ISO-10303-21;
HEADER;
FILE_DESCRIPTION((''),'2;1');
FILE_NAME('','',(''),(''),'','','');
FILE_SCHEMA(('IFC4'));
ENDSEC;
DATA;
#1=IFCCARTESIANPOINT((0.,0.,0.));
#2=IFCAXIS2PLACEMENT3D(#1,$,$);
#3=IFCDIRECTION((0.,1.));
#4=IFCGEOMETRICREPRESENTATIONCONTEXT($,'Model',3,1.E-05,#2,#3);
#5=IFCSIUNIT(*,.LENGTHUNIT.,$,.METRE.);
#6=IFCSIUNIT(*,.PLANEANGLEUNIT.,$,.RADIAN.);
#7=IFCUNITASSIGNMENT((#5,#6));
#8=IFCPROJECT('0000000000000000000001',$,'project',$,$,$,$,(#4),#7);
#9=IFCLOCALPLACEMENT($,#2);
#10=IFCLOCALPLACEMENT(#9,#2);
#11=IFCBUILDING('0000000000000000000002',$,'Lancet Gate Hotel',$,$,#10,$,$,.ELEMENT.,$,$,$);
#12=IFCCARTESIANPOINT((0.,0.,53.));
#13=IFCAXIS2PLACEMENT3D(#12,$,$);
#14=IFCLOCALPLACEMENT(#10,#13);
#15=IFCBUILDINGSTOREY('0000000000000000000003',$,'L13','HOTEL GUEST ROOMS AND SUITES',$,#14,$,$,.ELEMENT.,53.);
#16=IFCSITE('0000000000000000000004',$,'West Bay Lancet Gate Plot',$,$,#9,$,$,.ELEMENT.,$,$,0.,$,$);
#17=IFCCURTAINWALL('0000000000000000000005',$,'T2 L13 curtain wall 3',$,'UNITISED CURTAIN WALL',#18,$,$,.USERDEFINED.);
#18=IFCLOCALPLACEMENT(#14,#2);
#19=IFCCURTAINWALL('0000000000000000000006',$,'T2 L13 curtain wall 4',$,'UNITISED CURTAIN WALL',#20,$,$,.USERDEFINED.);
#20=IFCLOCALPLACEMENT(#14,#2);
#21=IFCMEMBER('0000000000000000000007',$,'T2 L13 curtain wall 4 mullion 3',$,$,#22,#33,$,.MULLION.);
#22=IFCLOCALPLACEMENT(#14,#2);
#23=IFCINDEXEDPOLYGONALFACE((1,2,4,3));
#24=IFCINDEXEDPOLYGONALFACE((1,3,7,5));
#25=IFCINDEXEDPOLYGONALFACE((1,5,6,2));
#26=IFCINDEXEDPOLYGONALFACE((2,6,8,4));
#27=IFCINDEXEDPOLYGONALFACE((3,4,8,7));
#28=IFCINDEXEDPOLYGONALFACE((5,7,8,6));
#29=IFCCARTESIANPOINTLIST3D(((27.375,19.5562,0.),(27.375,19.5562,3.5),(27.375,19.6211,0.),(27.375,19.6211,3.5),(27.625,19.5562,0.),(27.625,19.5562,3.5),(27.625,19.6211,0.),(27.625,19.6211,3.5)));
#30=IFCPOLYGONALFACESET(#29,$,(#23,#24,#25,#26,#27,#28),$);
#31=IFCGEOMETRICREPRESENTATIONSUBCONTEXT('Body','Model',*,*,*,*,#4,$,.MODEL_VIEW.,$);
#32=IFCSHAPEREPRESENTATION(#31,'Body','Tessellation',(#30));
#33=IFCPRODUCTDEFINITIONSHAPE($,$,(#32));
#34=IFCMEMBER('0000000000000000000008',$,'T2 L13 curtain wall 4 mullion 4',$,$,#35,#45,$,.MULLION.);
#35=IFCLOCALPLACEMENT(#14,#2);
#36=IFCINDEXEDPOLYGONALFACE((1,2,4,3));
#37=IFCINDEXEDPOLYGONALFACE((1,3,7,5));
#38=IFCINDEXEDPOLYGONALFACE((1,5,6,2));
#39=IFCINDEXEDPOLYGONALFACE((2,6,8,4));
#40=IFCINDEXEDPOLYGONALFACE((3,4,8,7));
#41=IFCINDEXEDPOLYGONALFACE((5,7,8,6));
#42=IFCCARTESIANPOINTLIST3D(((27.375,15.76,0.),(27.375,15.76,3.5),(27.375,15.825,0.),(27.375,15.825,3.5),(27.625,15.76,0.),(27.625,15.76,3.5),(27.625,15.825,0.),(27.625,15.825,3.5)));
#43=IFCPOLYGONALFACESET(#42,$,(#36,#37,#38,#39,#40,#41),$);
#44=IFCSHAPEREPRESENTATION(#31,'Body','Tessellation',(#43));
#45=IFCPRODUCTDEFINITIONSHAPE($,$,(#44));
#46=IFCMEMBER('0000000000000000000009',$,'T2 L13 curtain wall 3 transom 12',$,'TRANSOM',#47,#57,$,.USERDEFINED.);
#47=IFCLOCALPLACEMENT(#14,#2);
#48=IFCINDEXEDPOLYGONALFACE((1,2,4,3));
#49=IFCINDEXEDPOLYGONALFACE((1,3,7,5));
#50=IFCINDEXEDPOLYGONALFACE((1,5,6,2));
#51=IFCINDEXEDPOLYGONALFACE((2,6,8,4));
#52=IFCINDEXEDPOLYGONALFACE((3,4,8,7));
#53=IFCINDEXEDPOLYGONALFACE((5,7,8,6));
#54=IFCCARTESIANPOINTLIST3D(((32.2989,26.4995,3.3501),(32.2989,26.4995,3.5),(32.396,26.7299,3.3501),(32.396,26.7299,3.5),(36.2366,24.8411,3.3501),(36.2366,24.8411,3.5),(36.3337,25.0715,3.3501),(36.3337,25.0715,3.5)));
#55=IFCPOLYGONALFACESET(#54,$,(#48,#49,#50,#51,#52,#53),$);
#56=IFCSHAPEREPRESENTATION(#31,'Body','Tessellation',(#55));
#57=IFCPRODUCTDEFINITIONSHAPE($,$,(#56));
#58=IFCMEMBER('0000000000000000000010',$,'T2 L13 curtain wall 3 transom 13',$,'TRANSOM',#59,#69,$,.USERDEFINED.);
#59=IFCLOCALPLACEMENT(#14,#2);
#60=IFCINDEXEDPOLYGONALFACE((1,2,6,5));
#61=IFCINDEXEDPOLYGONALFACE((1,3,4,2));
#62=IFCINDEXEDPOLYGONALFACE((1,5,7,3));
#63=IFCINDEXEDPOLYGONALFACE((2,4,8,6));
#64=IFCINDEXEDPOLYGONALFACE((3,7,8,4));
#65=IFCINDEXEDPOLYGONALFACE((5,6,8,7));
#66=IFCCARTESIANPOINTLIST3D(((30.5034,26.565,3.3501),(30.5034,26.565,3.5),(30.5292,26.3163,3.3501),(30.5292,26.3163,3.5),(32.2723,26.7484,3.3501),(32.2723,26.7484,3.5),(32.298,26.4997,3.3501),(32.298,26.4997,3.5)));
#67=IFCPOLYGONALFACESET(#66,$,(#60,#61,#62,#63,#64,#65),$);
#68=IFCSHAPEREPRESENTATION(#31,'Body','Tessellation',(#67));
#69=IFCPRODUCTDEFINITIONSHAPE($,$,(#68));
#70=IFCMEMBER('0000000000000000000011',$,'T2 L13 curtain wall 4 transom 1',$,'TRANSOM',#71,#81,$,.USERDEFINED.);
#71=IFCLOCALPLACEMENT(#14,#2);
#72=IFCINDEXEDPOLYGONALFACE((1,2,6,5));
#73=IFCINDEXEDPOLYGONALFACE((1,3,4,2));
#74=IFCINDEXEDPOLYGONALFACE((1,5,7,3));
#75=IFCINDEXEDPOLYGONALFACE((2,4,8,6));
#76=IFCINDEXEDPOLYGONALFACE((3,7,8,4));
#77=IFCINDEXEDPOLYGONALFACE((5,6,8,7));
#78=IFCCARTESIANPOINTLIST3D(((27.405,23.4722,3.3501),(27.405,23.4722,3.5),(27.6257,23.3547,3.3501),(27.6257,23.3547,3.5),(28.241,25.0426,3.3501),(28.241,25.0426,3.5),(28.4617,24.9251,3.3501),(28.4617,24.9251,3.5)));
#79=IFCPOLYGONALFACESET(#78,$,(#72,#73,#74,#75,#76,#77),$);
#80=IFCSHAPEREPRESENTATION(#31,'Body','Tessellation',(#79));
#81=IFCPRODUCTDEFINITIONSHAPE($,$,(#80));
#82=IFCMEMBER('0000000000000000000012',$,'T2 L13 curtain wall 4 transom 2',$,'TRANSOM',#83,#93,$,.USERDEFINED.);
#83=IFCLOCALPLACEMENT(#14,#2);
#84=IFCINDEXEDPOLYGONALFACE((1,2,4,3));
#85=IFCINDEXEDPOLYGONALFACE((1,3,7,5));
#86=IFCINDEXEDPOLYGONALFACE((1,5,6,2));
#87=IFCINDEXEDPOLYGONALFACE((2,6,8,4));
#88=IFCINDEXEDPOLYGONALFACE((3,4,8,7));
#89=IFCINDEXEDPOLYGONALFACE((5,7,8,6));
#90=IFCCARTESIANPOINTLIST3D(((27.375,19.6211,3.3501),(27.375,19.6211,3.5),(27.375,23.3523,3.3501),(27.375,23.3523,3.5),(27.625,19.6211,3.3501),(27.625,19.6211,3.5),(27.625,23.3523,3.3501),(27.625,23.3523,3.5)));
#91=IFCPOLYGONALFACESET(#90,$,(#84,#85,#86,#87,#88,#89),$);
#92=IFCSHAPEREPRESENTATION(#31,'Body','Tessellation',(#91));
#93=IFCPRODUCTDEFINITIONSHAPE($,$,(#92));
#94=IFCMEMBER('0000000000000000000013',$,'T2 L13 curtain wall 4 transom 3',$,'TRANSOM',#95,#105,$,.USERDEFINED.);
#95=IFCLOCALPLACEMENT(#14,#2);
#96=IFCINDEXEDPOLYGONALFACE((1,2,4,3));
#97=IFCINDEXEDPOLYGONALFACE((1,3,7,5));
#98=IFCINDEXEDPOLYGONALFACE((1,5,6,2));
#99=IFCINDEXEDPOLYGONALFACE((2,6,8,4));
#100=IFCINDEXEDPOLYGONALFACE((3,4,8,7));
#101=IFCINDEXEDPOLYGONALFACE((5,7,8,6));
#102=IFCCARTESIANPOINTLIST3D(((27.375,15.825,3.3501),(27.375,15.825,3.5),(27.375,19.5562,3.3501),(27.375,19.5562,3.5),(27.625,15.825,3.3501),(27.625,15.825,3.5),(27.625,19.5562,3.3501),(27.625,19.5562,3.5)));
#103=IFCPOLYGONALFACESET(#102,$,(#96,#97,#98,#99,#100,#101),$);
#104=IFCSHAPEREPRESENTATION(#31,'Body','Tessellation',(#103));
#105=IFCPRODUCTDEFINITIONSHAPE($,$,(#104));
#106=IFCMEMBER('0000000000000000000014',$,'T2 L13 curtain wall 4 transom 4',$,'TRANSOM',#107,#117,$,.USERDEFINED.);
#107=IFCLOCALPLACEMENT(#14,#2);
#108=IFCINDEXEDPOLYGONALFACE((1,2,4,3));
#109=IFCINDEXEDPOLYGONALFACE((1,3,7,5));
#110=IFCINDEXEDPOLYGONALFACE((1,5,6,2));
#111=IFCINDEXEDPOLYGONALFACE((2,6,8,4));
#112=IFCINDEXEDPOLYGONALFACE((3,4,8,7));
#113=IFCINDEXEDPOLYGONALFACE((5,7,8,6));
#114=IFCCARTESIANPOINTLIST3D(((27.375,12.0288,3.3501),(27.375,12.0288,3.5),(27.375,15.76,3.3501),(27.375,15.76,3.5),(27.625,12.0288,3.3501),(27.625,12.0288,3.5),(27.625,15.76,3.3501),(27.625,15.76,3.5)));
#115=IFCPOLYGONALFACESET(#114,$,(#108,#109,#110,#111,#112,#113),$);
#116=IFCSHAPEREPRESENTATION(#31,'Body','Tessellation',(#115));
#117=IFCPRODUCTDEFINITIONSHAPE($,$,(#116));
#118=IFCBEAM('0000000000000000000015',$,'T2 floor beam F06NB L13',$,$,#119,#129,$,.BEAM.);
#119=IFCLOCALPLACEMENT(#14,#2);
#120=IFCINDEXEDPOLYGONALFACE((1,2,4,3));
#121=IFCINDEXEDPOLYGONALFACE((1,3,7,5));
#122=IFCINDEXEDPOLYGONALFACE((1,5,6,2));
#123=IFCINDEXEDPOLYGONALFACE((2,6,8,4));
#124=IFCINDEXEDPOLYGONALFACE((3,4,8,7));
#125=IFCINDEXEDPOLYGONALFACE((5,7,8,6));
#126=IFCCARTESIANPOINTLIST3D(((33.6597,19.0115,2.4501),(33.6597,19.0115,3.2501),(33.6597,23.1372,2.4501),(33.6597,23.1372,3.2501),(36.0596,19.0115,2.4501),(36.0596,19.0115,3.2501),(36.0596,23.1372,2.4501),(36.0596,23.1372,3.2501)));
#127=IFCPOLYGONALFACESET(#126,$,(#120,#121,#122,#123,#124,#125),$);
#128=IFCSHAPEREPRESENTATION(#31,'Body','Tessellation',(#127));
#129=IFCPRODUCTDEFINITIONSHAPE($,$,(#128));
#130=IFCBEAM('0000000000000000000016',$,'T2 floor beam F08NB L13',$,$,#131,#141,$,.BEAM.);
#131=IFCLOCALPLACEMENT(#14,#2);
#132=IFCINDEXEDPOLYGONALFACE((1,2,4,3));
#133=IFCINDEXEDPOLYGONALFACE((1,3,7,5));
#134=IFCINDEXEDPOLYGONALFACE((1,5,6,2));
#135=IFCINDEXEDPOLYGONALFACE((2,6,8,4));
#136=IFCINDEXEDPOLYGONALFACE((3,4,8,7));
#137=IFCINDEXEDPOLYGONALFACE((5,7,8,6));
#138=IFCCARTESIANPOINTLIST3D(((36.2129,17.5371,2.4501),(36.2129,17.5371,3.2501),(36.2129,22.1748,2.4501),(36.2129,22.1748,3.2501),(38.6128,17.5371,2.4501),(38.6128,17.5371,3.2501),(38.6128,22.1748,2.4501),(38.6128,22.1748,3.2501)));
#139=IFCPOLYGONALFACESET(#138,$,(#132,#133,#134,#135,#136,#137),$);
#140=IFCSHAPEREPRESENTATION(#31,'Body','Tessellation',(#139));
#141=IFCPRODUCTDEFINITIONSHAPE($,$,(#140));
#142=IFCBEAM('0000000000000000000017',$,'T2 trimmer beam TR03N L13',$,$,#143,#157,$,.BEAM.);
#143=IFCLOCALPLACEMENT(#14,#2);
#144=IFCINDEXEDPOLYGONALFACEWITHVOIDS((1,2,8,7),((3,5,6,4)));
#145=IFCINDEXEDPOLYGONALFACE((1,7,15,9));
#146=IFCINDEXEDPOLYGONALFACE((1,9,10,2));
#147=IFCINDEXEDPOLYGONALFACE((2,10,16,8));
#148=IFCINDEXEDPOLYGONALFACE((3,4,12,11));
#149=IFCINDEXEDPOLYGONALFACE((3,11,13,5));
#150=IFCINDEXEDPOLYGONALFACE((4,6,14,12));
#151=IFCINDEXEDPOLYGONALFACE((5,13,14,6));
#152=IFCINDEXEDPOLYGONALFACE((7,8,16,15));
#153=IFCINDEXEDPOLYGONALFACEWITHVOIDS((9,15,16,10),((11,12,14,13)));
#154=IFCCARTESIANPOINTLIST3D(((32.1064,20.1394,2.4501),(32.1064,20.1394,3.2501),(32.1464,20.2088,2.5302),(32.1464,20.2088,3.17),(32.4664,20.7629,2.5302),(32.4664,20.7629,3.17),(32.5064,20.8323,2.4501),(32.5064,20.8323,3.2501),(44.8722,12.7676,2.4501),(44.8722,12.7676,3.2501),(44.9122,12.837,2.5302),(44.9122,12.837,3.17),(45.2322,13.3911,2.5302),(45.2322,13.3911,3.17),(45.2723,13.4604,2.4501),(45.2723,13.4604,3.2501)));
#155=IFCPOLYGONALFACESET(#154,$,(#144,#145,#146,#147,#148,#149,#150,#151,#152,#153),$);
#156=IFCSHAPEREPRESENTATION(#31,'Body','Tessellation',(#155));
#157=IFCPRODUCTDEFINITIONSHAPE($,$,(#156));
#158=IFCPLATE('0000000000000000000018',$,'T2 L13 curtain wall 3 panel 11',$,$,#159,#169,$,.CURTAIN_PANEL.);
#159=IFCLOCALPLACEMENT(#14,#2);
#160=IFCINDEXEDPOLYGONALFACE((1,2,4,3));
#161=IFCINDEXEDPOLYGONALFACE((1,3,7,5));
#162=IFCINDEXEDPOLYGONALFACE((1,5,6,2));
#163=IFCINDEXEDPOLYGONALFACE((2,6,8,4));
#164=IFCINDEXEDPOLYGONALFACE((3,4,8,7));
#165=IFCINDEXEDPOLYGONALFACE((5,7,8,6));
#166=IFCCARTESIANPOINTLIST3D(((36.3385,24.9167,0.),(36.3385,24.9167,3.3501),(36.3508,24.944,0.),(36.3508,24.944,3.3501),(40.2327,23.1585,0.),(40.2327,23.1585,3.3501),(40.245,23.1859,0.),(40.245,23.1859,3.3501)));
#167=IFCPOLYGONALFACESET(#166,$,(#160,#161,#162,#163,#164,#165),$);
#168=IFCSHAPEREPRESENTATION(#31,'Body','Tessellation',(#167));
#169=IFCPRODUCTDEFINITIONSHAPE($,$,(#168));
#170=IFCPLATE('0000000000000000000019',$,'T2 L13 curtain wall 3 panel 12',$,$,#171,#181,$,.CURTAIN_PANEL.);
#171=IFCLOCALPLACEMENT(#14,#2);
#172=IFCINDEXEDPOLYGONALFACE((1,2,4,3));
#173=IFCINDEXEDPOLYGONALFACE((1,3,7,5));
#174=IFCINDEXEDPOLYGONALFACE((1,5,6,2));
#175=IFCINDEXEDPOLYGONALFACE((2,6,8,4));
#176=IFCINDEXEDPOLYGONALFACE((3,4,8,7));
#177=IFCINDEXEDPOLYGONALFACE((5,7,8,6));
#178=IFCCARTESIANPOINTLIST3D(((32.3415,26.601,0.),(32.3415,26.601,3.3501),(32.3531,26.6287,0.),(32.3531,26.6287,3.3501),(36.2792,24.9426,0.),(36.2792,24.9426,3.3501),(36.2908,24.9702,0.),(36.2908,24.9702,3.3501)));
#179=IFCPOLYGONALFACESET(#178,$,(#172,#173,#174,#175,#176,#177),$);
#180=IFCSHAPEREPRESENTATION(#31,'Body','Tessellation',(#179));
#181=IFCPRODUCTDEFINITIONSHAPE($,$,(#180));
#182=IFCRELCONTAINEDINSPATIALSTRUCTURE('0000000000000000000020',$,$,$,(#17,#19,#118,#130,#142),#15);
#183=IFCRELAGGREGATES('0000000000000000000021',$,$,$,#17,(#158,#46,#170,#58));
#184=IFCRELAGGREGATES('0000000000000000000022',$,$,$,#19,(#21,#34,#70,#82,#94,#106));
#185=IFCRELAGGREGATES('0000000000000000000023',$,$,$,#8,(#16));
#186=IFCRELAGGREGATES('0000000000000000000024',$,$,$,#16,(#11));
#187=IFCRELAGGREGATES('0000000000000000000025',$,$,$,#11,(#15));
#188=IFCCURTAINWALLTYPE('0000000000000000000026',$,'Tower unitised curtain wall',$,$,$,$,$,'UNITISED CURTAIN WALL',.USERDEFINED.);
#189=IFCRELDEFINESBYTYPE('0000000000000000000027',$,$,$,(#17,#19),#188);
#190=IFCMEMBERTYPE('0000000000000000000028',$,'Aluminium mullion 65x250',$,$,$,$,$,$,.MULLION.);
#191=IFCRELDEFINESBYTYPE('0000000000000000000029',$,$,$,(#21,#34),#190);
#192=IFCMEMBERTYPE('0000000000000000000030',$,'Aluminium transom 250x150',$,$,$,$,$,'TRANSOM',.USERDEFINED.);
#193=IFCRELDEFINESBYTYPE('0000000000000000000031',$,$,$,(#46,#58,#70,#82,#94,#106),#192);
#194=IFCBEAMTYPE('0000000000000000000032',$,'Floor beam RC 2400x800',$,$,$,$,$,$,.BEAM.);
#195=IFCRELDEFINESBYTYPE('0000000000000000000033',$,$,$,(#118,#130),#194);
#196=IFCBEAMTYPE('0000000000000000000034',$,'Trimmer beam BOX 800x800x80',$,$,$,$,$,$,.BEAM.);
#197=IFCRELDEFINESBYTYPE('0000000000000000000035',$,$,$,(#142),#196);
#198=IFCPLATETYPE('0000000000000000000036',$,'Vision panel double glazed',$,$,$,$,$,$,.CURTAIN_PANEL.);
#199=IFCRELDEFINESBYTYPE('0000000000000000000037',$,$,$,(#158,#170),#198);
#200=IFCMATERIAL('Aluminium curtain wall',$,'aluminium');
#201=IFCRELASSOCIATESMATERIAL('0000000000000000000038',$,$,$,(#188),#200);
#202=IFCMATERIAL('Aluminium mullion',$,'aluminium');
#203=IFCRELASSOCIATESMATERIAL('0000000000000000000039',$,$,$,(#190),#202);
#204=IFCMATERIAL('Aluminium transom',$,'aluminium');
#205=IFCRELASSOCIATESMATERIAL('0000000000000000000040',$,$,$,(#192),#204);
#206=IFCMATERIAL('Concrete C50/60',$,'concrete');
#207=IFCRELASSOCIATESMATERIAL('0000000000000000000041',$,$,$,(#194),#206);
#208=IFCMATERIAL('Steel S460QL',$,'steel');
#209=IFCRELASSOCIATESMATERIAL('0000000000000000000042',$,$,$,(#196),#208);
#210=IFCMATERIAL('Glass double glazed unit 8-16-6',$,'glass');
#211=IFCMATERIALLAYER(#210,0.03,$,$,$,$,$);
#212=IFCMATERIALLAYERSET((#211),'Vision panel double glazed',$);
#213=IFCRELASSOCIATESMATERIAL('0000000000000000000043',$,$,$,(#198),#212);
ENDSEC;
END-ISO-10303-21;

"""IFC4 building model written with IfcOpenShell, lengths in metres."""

from ifc_helpers import new_model, si_unit, direction, frame, origin, origin_2d, place, context, subcontext, project, spatial, rectangle, hollow_rectangle, extrude, material, layer, layer_set, material_profile, profile_set, type_object, element, aggregate, save


model = new_model("IFC4")

# Units and contexts
model_context = context("Model", 3, precision=1e-05, world=origin(), true_north=direction((0.0, 1.0)))
body_context = subcontext(model_context, "Body", "Model", "MODEL_VIEW")
ifc_project = project(units=[si_unit("LENGTHUNIT", "METRE"), si_unit("PLANEANGLEUNIT", "RADIAN")], contexts=[model_context])

# Site, building, storey
site_placement = place(None, origin())
site = spatial("IfcSite", under=ifc_project, at=site_placement, Name="West Bay Lancet Gate Plot", CompositionType="ELEMENT", RefElevation=0.0)
building_placement = place(site_placement, origin())
building = spatial("IfcBuilding", under=site, at=building_placement, Name="Lancet Gate Hotel", CompositionType="ELEMENT")
storey_placement = place(building_placement, frame((0.0, 0.0, 53.0)))
storey = spatial("IfcBuildingStorey", under=building, at=storey_placement, Name="L13", Description="HOTEL GUEST ROOMS AND SUITES", CompositionType="ELEMENT", Elevation=53.0)

# Curtain walls, members
ifc_material_1 = material(Name="Aluminium curtain wall", Category="aluminium")
curtain_wall_type = type_object("IfcCurtainWallType", Name="Tower unitised curtain wall", ElementType="UNITISED CURTAIN WALL", PredefinedType="USERDEFINED", material=ifc_material_1)
curtain_wall_1_placement = place(storey_placement, origin())
curtain_wall_1 = element("IfcCurtainWall", 1, at=curtain_wall_1_placement, inside=storey, type_object=curtain_wall_type, Name="T2 L13 curtain wall 3", ObjectType="UNITISED CURTAIN WALL", PredefinedType="USERDEFINED")
ifc_material_2 = material(Name="Aluminium mullion", Category="aluminium")
ifc_material_profile_1 = material_profile(ifc_material_2, rectangle(XDim=0.0649, YDim=0.25, at=origin_2d()), Name="MULLION 65x250")
ifc_profile_set_1 = profile_set([ifc_material_profile_1], Name="Aluminium mullion")
member_type_1 = type_object("IfcMemberType", Name="Aluminium mullion 65x250", PredefinedType="MULLION", material=ifc_profile_set_1)
curtain_wall_2_placement = place(storey_placement, origin())
curtain_wall_2 = element("IfcCurtainWall", 2, at=curtain_wall_2_placement, inside=storey, type_object=curtain_wall_type, Name="T2 L13 curtain wall 4", ObjectType="UNITISED CURTAIN WALL", PredefinedType="USERDEFINED")
member_1_placement = place(storey_placement, frame((27.5, 19.5886, 0.0), z_axis=(0.0, 0.0, 1.0), x_axis=(0.0, -1.0, 0.0)))
member_1 = element("IfcMember", 3, at=member_1_placement, type_object=member_type_1, Name="T2 L13 curtain wall 4 mullion 3", PredefinedType="MULLION", context=body_context, shape_type="SweptSolid", body=[
    extrude(rectangle(XDim=0.0649, YDim=0.25, at=origin_2d()), origin(), (0.0, 0.0, 1.0), 3.5),
])
member_2_placement = place(storey_placement, frame((27.5, 15.7925, 0.0), z_axis=(0.0, 0.0, 1.0), x_axis=(0.0, -1.0, 0.0)))
member_2 = element("IfcMember", 4, at=member_2_placement, type_object=member_type_1, Name="T2 L13 curtain wall 4 mullion 4", PredefinedType="MULLION", context=body_context, shape_type="SweptSolid", body=[
    extrude(rectangle(XDim=0.0649, YDim=0.25, at=origin_2d()), origin(), (0.0, 0.0, 1.0), 3.5),
])

# Members
ifc_material_3 = material(Name="Aluminium transom", Category="aluminium")
ifc_material_profile_2 = material_profile(ifc_material_3, rectangle(XDim=0.25, YDim=0.1499, at=origin_2d()), Name="TRANSOM 250x150")
ifc_profile_set_2 = profile_set([ifc_material_profile_2], Name="Aluminium transom")
member_type_2 = type_object("IfcMemberType", Name="Aluminium transom 250x150", ElementType="TRANSOM", PredefinedType="USERDEFINED", material=ifc_profile_set_2)
member_3_placement = place(storey_placement, frame((36.2852, 24.9563, 3.425), z_axis=(-0.921598, 0.388146, 0.0), x_axis=(-0.388146, -0.921598, 0.0)))
member_3 = element("IfcMember", 5, at=member_3_placement, type_object=member_type_2, Name="T2 L13 curtain wall 3 transom 12", ObjectType="TRANSOM", PredefinedType="USERDEFINED", context=body_context, shape_type="SweptSolid", body=[
    extrude(rectangle(XDim=0.25, YDim=0.1499, at=origin_2d()), origin(), (0.0, 0.0, 1.0), 4.2727),
])
member_4_placement = place(storey_placement, frame((32.2852, 26.624, 3.425), z_axis=(-0.99467, -0.103105, 0.0), x_axis=(0.103105, -0.99467, 0.0)))
member_4 = element("IfcMember", 6, at=member_4_placement, type_object=member_type_2, Name="T2 L13 curtain wall 3 transom 13", ObjectType="TRANSOM", PredefinedType="USERDEFINED", context=body_context, shape_type="SweptSolid", body=[
    extrude(rectangle(XDim=0.25, YDim=0.1499, at=origin_2d()), origin(), (0.0, 0.0, 1.0), 1.7783),
])
member_5_placement = place(storey_placement, frame((28.3513, 24.9839, 3.425), z_axis=(-0.469904, -0.882717, 0.0), x_axis=(0.882717, -0.469904, 0.0)))
member_5 = element("IfcMember", 7, at=member_5_placement, type_object=member_type_2, Name="T2 L13 curtain wall 4 transom 1", ObjectType="TRANSOM", PredefinedType="USERDEFINED", context=body_context, shape_type="SweptSolid", body=[
    extrude(rectangle(XDim=0.25, YDim=0.1499, at=origin_2d()), origin(), (0.0, 0.0, 1.0), 1.7791),
])
member_6_placement = place(storey_placement, frame((27.5, 23.3523, 3.425), z_axis=(0.0, -1.0, 0.0), x_axis=(1.0, 0.0, 0.0)))
member_6 = element("IfcMember", 8, at=member_6_placement, type_object=member_type_2, Name="T2 L13 curtain wall 4 transom 2", ObjectType="TRANSOM", PredefinedType="USERDEFINED", context=body_context, shape_type="SweptSolid", body=[
    extrude(rectangle(XDim=0.25, YDim=0.1499, at=origin_2d()), origin(), (0.0, 0.0, 1.0), 3.7312),
])
member_7_placement = place(storey_placement, frame((27.5, 19.5562, 3.425), z_axis=(0.0, -1.0, 0.0), x_axis=(1.0, 0.0, 0.0)))
member_7 = element("IfcMember", 9, at=member_7_placement, type_object=member_type_2, Name="T2 L13 curtain wall 4 transom 3", ObjectType="TRANSOM", PredefinedType="USERDEFINED", context=body_context, shape_type="SweptSolid", body=[
    extrude(rectangle(XDim=0.25, YDim=0.1499, at=origin_2d()), origin(), (0.0, 0.0, 1.0), 3.7312),
])
member_8_placement = place(storey_placement, frame((27.5, 15.76, 3.425), z_axis=(0.0, -1.0, 0.0), x_axis=(1.0, 0.0, 0.0)))
member_8 = element("IfcMember", 10, at=member_8_placement, type_object=member_type_2, Name="T2 L13 curtain wall 4 transom 4", ObjectType="TRANSOM", PredefinedType="USERDEFINED", context=body_context, shape_type="SweptSolid", body=[
    extrude(rectangle(XDim=0.25, YDim=0.1499, at=origin_2d()), origin(), (0.0, 0.0, 1.0), 3.7312),
])

# Beams
ifc_material_4 = material(Name="Concrete C50/60", Category="concrete")
ifc_material_profile_3 = material_profile(ifc_material_4, rectangle(XDim=2.3999, YDim=0.8, at=origin_2d()), Name="RC 2400x800")
ifc_profile_set_3 = profile_set([ifc_material_profile_3], Name="Concrete C50/60")
beam_type_1 = type_object("IfcBeamType", Name="Floor beam RC 2400x800", PredefinedType="BEAM", material=ifc_profile_set_3)
beam_1_placement = place(storey_placement, frame((34.8596, 19.0115, 2.8501), z_axis=(0.0, 1.0, 0.0), x_axis=(-1.0, 0.0, 0.0)))
element("IfcBeam", 11, at=beam_1_placement, inside=storey, type_object=beam_type_1, Name="T2 floor beam F06NB L13", PredefinedType="BEAM", context=body_context, shape_type="SweptSolid", body=[
    extrude(rectangle(XDim=2.3999, YDim=0.8, at=origin_2d()), origin(), (0.0, 0.0, 1.0), 4.1257),
])
beam_2_placement = place(storey_placement, frame((37.4128, 17.5371, 2.8501), z_axis=(0.0, 1.0, 0.0), x_axis=(-1.0, 0.0, 0.0)))
element("IfcBeam", 12, at=beam_2_placement, inside=storey, type_object=beam_type_1, Name="T2 floor beam F08NB L13", PredefinedType="BEAM", context=body_context, shape_type="SweptSolid", body=[
    extrude(rectangle(XDim=2.3999, YDim=0.8, at=origin_2d()), origin(), (0.0, 0.0, 1.0), 4.6377),
])
ifc_material_5 = material(Name="Steel S460QL", Category="steel")
ifc_material_profile_4 = material_profile(ifc_material_5, hollow_rectangle(XDim=0.8, YDim=0.8, WallThickness=0.0801, at=origin_2d()), Name="BOX 800x800x80")
ifc_profile_set_4 = profile_set([ifc_material_profile_4], Name="Steel S460QL")
beam_type_2 = type_object("IfcBeamType", Name="Trimmer beam BOX 800x800x80", PredefinedType="BEAM", material=ifc_profile_set_4)
beam_3_placement = place(storey_placement, frame((32.3064, 20.4858, 2.8501), z_axis=(0.865983, -0.500074, 0.0), x_axis=(0.500074, 0.865983, 0.0)))
element("IfcBeam", 13, at=beam_3_placement, inside=storey, type_object=beam_type_2, Name="T2 trimmer beam TR03N L13", PredefinedType="BEAM", context=body_context, shape_type="SweptSolid", body=[
    extrude(hollow_rectangle(XDim=0.8, YDim=0.8, WallThickness=0.0801, at=origin_2d()), origin(), (0.0, 0.0, 1.0), 14.7415),
])

# Plates
ifc_material_6 = material(Name="Glass double glazed unit 8-16-6", Category="glass")
ifc_layer_1 = layer(ifc_material_6, 0.03)
ifc_layer_set_1 = layer_set([ifc_layer_1], Name="Vision panel double glazed")
plate_type = type_object("IfcPlateType", Name="Vision panel double glazed", PredefinedType="CURTAIN_PANEL", material=ifc_layer_set_1)
plate_1_placement = place(storey_placement, frame((38.2917, 24.0513, 0.0), z_axis=(0.0, 0.0, 1.0), x_axis=(-0.911416, 0.411487, 0.0)))
plate_1 = element("IfcPlate", 14, at=plate_1_placement, type_object=plate_type, Name="T2 L13 curtain wall 3 panel 11", PredefinedType="CURTAIN_PANEL", context=body_context, shape_type="SweptSolid", body=[
    extrude(rectangle(XDim=4.2727, YDim=0.03, at=origin_2d()), origin(), (0.0, 0.0, 1.0), 3.3501),
])
plate_2_placement = place(storey_placement, frame((34.3162, 25.7856, 0.0), z_axis=(0.0, 0.0, 1.0), x_axis=(-0.921593, 0.388157, 0.0)))
plate_2 = element("IfcPlate", 15, at=plate_2_placement, type_object=plate_type, Name="T2 L13 curtain wall 3 panel 12", PredefinedType="CURTAIN_PANEL", context=body_context, shape_type="SweptSolid", body=[
    extrude(rectangle(XDim=4.2727, YDim=0.03, at=origin_2d()), origin(), (0.0, 0.0, 1.0), 3.3501),
])
aggregate(curtain_wall_1, [plate_1, member_3, plate_2, member_4])
aggregate(curtain_wall_2, [member_1, member_2, member_5, member_6, member_7, member_8])

save(model, "model.ifc")
